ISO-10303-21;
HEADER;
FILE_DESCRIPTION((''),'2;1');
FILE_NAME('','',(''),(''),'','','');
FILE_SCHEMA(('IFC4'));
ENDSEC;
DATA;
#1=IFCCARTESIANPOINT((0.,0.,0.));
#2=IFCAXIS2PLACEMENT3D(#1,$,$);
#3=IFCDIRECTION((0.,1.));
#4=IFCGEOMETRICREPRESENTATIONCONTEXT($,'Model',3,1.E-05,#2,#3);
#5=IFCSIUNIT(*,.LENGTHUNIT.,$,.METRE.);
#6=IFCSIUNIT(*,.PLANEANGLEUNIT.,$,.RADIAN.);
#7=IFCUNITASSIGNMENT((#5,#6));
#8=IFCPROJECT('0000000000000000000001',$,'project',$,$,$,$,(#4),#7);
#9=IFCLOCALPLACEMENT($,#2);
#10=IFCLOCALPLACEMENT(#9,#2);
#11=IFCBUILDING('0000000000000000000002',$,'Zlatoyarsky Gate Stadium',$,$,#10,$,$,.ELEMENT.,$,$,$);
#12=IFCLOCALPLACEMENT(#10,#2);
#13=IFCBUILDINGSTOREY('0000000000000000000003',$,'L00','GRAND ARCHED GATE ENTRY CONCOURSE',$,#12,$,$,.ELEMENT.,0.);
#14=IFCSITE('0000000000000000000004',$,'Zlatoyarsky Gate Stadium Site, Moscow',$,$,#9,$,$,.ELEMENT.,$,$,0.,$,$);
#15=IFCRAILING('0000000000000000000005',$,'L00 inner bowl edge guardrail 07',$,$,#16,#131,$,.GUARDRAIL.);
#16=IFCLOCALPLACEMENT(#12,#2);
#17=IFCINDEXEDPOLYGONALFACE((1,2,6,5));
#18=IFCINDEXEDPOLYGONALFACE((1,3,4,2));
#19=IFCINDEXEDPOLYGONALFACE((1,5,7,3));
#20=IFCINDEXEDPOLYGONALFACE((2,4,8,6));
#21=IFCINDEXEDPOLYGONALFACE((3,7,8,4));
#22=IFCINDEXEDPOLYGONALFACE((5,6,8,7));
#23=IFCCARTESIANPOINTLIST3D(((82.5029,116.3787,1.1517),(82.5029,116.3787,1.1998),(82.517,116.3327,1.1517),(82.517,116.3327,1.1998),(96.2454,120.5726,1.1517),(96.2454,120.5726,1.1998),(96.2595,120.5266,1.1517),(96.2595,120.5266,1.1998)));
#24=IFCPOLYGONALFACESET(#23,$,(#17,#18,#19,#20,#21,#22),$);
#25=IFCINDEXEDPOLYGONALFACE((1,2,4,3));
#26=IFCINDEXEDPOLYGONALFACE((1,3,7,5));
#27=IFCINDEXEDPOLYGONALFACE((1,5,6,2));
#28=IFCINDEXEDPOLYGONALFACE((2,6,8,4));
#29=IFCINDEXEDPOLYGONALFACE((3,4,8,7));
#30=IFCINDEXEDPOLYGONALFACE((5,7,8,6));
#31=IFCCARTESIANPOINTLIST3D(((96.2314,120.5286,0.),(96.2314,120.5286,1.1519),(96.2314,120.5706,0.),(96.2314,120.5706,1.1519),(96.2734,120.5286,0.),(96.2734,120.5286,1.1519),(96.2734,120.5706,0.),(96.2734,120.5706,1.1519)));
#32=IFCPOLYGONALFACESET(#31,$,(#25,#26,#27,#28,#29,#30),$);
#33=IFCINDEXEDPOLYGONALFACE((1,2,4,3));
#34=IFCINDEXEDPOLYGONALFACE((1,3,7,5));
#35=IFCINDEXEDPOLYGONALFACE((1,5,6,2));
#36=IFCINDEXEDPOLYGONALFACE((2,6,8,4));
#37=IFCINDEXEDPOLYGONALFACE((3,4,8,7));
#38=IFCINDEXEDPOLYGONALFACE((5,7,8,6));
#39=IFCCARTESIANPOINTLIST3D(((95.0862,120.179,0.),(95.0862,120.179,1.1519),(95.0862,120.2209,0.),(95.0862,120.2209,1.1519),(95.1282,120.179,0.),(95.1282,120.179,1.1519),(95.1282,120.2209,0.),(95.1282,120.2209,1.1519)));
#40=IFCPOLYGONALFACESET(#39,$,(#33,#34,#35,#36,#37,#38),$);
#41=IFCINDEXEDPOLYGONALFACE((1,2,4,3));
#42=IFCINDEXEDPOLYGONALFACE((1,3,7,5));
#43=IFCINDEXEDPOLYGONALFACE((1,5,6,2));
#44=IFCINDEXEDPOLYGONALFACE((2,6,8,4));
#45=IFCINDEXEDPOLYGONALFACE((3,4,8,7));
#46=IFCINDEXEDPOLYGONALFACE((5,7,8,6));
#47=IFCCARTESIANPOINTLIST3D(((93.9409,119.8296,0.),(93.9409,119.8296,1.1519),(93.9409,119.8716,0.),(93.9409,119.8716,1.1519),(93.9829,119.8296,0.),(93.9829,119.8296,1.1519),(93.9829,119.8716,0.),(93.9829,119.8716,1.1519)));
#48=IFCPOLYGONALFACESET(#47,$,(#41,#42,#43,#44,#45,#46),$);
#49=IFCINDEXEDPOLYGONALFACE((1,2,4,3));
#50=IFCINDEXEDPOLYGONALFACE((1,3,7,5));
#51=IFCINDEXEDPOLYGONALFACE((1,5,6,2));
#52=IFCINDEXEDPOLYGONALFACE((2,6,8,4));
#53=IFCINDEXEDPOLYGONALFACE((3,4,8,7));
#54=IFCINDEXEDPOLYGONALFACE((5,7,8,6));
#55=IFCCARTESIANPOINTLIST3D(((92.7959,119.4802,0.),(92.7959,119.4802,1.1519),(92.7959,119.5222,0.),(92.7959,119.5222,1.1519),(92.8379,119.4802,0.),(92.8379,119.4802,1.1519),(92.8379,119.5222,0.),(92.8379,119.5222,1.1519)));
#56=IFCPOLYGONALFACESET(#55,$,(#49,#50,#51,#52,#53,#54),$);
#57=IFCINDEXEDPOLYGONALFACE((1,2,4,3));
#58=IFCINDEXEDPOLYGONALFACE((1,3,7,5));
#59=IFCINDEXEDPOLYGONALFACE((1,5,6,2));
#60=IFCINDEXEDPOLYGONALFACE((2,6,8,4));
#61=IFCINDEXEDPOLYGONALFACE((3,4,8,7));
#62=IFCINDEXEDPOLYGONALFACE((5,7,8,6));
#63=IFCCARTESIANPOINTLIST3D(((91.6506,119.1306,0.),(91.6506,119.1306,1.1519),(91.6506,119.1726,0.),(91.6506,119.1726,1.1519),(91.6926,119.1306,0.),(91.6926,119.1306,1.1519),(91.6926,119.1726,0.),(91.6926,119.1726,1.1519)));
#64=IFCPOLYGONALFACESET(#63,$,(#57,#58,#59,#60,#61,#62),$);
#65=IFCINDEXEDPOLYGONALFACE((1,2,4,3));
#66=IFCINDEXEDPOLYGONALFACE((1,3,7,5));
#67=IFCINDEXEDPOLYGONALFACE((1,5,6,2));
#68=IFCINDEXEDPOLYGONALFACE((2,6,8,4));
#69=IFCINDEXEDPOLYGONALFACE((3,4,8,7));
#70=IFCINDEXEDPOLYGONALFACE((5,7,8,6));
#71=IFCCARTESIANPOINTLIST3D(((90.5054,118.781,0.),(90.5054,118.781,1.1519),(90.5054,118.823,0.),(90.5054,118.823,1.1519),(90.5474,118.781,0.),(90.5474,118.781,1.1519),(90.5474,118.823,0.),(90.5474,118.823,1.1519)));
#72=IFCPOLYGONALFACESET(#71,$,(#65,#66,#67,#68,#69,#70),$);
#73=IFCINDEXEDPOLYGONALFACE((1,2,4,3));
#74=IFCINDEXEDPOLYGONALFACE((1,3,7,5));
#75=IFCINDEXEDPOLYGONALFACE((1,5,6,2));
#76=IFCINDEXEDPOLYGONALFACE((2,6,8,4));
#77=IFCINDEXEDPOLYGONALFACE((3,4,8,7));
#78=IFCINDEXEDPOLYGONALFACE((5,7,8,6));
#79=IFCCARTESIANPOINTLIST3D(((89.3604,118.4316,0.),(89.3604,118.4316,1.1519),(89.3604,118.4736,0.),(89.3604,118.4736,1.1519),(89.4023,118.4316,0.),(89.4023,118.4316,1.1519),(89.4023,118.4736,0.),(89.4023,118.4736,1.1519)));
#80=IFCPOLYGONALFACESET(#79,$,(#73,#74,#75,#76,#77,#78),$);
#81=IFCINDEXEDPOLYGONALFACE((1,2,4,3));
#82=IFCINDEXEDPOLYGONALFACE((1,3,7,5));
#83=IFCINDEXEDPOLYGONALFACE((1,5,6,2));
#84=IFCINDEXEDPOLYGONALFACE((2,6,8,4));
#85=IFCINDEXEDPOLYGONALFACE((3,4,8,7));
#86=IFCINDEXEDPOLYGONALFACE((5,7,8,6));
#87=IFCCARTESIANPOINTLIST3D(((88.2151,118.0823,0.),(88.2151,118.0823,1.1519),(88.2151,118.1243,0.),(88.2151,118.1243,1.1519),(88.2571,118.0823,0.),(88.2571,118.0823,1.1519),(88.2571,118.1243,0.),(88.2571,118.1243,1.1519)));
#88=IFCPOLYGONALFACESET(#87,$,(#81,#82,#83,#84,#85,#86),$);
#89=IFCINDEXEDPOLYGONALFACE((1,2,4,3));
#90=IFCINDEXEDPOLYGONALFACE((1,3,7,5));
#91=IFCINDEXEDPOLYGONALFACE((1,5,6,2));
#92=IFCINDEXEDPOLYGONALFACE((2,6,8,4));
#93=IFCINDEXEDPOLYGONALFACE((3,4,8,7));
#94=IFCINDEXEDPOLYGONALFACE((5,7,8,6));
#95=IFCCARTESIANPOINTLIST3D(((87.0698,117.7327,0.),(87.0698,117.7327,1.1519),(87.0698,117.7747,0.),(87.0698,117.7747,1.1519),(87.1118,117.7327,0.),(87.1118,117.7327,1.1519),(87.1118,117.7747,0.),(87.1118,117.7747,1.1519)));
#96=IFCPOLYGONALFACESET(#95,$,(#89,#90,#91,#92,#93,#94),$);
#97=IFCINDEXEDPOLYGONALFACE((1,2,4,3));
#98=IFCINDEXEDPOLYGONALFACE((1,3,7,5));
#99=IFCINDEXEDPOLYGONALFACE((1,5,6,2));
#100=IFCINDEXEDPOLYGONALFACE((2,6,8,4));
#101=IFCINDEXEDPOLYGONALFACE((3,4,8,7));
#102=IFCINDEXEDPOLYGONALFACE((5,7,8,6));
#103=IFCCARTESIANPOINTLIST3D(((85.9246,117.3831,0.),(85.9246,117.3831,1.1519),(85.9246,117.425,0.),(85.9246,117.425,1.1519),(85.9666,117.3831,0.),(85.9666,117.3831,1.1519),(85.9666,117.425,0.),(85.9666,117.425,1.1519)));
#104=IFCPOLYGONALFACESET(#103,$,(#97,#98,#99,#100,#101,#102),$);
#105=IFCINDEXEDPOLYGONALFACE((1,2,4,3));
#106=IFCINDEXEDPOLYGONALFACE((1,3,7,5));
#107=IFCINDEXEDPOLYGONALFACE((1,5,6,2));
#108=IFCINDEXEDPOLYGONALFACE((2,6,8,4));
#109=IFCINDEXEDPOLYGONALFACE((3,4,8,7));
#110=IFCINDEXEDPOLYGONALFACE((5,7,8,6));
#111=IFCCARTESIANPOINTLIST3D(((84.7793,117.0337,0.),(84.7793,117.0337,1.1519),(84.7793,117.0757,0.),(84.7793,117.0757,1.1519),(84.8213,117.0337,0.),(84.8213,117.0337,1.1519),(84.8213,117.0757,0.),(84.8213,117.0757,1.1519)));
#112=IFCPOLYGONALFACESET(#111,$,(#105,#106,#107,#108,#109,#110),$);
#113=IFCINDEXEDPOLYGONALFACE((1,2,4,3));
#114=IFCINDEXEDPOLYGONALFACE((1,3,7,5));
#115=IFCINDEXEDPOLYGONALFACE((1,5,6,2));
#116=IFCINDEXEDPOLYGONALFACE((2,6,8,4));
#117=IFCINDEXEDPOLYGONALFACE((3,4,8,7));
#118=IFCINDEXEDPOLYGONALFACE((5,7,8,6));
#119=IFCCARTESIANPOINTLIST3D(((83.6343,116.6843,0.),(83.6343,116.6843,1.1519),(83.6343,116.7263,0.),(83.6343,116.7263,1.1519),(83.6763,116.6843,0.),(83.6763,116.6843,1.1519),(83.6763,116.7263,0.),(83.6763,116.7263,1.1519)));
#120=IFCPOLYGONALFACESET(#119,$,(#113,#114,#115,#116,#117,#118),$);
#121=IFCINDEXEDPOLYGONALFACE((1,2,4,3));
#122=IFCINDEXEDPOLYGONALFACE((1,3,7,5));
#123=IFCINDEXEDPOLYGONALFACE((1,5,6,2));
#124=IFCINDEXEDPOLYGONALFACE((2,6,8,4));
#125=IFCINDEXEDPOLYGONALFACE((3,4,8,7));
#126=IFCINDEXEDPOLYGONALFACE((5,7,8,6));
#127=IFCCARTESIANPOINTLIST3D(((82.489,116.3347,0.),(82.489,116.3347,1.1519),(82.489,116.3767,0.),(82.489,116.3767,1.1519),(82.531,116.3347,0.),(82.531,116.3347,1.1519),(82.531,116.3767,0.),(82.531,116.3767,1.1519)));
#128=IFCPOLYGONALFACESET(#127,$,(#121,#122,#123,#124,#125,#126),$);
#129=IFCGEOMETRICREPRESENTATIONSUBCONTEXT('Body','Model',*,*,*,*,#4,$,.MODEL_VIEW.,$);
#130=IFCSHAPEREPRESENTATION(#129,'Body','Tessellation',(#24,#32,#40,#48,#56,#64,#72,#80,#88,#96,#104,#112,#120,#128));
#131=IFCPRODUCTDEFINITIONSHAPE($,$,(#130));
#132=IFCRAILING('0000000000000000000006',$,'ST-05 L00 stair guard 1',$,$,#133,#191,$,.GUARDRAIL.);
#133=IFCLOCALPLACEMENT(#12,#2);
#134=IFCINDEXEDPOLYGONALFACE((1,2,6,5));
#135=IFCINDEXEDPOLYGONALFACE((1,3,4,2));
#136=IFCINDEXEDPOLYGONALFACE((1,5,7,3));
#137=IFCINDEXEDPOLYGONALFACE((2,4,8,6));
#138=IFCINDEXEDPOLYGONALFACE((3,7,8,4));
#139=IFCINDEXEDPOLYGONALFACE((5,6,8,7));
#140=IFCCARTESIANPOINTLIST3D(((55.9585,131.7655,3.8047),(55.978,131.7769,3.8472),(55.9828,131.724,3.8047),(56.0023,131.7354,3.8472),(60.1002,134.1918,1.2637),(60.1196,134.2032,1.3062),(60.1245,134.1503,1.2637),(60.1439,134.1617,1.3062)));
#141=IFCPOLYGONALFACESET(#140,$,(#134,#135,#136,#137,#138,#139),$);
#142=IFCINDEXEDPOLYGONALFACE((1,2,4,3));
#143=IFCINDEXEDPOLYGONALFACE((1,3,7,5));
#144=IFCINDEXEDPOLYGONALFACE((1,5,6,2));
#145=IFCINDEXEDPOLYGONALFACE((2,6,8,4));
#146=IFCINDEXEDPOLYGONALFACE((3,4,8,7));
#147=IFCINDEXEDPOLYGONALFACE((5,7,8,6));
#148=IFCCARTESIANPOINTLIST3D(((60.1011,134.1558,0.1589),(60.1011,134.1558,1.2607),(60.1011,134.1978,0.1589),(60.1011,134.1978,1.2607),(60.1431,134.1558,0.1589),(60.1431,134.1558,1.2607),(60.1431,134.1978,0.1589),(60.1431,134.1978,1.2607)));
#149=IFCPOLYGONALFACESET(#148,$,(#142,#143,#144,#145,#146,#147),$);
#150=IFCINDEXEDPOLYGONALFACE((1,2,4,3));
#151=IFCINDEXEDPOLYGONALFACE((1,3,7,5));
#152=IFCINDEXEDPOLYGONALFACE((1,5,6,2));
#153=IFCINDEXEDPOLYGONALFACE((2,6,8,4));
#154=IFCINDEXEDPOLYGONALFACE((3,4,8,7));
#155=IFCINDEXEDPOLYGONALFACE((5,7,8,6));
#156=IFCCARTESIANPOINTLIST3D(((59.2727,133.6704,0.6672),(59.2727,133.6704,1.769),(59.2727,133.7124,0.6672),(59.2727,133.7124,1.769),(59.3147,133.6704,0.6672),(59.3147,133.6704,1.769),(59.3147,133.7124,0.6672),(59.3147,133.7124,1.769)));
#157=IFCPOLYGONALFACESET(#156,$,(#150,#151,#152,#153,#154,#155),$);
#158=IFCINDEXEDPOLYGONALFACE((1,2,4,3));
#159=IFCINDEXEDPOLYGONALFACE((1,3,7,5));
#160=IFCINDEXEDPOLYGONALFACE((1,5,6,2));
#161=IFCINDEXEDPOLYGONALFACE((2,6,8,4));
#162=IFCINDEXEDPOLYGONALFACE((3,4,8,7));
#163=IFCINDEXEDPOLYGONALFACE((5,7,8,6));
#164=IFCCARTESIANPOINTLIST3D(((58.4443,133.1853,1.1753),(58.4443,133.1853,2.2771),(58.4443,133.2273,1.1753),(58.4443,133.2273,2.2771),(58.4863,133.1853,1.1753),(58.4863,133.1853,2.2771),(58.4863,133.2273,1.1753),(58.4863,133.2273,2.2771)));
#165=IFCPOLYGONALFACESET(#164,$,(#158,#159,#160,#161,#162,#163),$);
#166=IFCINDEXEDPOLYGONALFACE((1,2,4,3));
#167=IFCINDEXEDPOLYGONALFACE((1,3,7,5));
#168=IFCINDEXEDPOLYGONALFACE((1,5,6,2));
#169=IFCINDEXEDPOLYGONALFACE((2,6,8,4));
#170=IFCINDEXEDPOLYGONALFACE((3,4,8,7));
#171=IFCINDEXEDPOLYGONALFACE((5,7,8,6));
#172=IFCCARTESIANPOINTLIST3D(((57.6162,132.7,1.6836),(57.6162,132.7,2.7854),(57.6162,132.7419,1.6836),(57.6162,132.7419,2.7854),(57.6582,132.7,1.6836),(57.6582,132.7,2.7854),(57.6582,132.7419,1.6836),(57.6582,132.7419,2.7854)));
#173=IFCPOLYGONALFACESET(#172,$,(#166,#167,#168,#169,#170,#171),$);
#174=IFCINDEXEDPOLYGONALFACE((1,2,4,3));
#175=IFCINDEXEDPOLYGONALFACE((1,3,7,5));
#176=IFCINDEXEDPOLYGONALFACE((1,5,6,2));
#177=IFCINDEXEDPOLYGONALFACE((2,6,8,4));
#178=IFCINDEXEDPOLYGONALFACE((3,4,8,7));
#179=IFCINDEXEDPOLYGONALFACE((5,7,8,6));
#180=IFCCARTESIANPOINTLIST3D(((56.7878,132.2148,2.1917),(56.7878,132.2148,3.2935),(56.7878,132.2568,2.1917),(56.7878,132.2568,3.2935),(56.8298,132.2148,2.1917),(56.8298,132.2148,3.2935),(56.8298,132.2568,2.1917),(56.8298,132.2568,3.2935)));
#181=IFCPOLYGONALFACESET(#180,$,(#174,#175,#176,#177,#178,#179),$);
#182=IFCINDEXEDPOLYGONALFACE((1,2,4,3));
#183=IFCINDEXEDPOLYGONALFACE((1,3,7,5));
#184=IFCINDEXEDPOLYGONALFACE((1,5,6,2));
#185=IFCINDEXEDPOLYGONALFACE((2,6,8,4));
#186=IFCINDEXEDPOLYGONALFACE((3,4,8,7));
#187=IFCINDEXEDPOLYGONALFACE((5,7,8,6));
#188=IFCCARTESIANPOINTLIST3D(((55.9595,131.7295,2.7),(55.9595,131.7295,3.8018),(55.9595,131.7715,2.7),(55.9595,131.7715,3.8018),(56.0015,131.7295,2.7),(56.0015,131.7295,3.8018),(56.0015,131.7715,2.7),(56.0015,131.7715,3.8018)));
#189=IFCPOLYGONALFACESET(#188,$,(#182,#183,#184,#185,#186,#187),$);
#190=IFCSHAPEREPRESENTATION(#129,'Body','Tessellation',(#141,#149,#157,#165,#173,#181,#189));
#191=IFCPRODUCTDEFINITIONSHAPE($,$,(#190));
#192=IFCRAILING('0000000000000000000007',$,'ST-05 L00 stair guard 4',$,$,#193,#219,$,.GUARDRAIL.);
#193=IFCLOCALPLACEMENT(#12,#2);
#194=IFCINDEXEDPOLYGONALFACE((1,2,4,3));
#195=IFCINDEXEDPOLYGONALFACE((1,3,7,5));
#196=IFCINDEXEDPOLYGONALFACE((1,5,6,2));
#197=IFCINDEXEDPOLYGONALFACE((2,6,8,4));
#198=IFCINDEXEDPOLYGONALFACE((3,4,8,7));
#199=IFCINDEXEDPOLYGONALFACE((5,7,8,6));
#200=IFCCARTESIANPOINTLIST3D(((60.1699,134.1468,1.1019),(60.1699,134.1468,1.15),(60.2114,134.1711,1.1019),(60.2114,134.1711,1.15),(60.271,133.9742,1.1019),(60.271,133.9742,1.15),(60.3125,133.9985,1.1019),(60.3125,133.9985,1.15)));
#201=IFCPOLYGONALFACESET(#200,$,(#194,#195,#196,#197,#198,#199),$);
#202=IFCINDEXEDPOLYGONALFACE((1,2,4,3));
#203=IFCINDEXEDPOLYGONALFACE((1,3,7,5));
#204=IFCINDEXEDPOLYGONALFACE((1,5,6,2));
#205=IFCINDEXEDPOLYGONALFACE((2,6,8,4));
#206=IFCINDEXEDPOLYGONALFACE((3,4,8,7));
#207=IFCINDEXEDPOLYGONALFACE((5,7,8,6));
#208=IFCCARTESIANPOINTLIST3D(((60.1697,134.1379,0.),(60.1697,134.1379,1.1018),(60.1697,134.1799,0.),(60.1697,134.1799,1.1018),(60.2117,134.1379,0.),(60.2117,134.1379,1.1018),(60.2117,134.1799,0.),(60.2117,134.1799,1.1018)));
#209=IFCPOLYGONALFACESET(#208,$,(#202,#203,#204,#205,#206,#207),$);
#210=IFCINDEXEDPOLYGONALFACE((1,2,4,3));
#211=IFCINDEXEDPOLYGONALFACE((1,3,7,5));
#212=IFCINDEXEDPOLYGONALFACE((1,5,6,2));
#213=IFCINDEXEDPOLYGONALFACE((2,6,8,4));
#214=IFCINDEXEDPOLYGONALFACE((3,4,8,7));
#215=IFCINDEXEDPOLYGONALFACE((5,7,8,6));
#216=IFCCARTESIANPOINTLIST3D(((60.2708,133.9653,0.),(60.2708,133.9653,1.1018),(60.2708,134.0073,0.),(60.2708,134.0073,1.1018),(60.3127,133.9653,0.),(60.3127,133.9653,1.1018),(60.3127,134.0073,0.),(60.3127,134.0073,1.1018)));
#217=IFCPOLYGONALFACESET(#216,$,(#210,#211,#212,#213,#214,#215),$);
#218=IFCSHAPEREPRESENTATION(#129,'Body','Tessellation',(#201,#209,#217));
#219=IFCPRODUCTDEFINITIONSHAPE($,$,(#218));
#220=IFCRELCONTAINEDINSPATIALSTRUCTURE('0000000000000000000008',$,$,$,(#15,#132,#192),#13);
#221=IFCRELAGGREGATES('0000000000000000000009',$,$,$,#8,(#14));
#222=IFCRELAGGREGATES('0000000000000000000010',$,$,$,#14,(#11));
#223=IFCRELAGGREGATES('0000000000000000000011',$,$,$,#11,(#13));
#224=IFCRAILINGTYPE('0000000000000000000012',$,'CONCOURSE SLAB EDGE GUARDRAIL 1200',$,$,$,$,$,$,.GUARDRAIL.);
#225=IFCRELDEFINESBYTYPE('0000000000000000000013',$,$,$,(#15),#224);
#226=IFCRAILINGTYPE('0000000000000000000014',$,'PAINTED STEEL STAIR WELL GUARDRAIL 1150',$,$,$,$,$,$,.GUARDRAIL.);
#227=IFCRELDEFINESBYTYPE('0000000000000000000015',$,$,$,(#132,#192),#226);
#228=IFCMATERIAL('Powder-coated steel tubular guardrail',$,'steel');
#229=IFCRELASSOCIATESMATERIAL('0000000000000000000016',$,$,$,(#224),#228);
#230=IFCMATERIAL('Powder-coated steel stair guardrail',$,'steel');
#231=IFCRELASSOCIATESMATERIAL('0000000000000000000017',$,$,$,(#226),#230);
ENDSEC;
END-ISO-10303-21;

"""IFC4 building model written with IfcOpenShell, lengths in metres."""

from ifc_helpers import new_model, si_unit, direction, frame, origin, origin_2d, place, context, subcontext, project, spatial, rectangle, extrude, material, type_object, element, save


model = new_model("IFC4")

# Units and contexts
model_context = context("Model", 3, precision=1e-05, world=origin(), true_north=direction((0.0, 1.0)))
body_context = subcontext(model_context, "Body", "Model", "MODEL_VIEW")
ifc_project = project(units=[si_unit("LENGTHUNIT", "METRE"), si_unit("PLANEANGLEUNIT", "RADIAN")], contexts=[model_context])

# Site, building, storey
site_placement = place(None, origin())
site = spatial("IfcSite", under=ifc_project, at=site_placement, Name="Zlatoyarsky Gate Stadium Site, Moscow", CompositionType="ELEMENT", RefElevation=0.0)
building_placement = place(site_placement, origin())
building = spatial("IfcBuilding", under=site, at=building_placement, Name="Zlatoyarsky Gate Stadium", CompositionType="ELEMENT")
storey_placement = place(building_placement, origin())
storey = spatial("IfcBuildingStorey", under=building, at=storey_placement, Name="L00", Description="GRAND ARCHED GATE ENTRY CONCOURSE", CompositionType="ELEMENT", Elevation=0.0)

# Railings
ifc_material_1 = material(Name="Powder-coated steel tubular guardrail", Category="steel")
railing_type_1 = type_object("IfcRailingType", Name="CONCOURSE SLAB EDGE GUARDRAIL 1200", PredefinedType="GUARDRAIL", material=ifc_material_1)
railing_1_placement = place(storey_placement, frame((96.2524, 120.5496, 0.0)))
element("IfcRailing", 1, at=railing_1_placement, inside=storey, type_object=railing_type_1, Name="L00 inner bowl edge guardrail 07", PredefinedType="GUARDRAIL", context=body_context, shape_type="SweptSolid", body=[
    extrude(rectangle(XDim=0.0481, YDim=0.0481, at=origin_2d()), frame((0.0, 0.0, 1.1758), z_axis=(-0.956453, -0.291886, 0.0), x_axis=(0.291886, -0.956453, 0.0)), (0.0, 0.0, 1.0), 14.3682),
    extrude(rectangle(XDim=0.042, YDim=0.042, at=origin_2d()), origin(), (0.0, 0.0, 1.0), 1.1519),
    extrude(rectangle(XDim=0.042, YDim=0.042, at=origin_2d()), frame((-1.1453, -0.3496, 0.0)), (0.0, 0.0, 1.0), 1.1519),
    extrude(rectangle(XDim=0.042, YDim=0.042, at=origin_2d()), frame((-2.2905, -0.699, 0.0)), (0.0, 0.0, 1.0), 1.1519),
    extrude(rectangle(XDim=0.042, YDim=0.042, at=origin_2d()), frame((-3.4355, -1.0483, 0.0)), (0.0, 0.0, 1.0), 1.1519),
    extrude(rectangle(XDim=0.042, YDim=0.042, at=origin_2d()), frame((-4.5808, -1.3979, 0.0)), (0.0, 0.0, 1.0), 1.1519),
    extrude(rectangle(XDim=0.042, YDim=0.042, at=origin_2d()), frame((-5.7261, -1.7476, 0.0)), (0.0, 0.0, 1.0), 1.1519),
    extrude(rectangle(XDim=0.042, YDim=0.042, at=origin_2d()), frame((-6.8711, -2.0969, 0.0)), (0.0, 0.0, 1.0), 1.1519),
    extrude(rectangle(XDim=0.042, YDim=0.042, at=origin_2d()), frame((-8.0164, -2.4463, 0.0)), (0.0, 0.0, 1.0), 1.1519),
    extrude(rectangle(XDim=0.042, YDim=0.042, at=origin_2d()), frame((-9.1616, -2.7959, 0.0)), (0.0, 0.0, 1.0), 1.1519),
    extrude(rectangle(XDim=0.042, YDim=0.042, at=origin_2d()), frame((-10.3069, -3.1455, 0.0)), (0.0, 0.0, 1.0), 1.1519),
    extrude(rectangle(XDim=0.042, YDim=0.042, at=origin_2d()), frame((-11.4521, -3.4949, 0.0)), (0.0, 0.0, 1.0), 1.1519),
    extrude(rectangle(XDim=0.042, YDim=0.042, at=origin_2d()), frame((-12.5972, -3.8442, 0.0)), (0.0, 0.0, 1.0), 1.1519),
    extrude(rectangle(XDim=0.042, YDim=0.042, at=origin_2d()), frame((-13.7424, -4.1938, 0.0)), (0.0, 0.0, 1.0), 1.1519),
])
ifc_material_2 = material(Name="Powder-coated steel stair guardrail", Category="steel")
railing_type_2 = type_object("IfcRailingType", Name="PAINTED STEEL STAIR WELL GUARDRAIL 1150", PredefinedType="GUARDRAIL", material=ifc_material_2)
railing_2_placement = place(storey_placement, frame((60.1221, 134.1768, 0.1589)))
element("IfcRailing", 2, at=railing_2_placement, inside=storey, type_object=railing_type_2, Name="ST-05 L00 stair guard 1", PredefinedType="GUARDRAIL", context=body_context, shape_type="SweptSolid", body=[
    extrude(rectangle(XDim=0.0481, YDim=0.0481, at=origin_2d()), frame((0.0, 0.0, 1.126), z_axis=(-0.762577, -0.44674, 0.467867), x_axis=(0.505477, -0.86284, 0.0)), (0.0, 0.0, 1.0), 5.4312),
    extrude(rectangle(XDim=0.042, YDim=0.042, at=origin_2d()), origin(), (0.0, 0.0, 1.0), 1.1018),
    extrude(rectangle(XDim=0.042, YDim=0.042, at=origin_2d()), frame((-0.8284, -0.4854, 0.5083)), (0.0, 0.0, 1.0), 1.1018),
    extrude(rectangle(XDim=0.042, YDim=0.042, at=origin_2d()), frame((-1.6567, -0.9705, 1.0164)), (0.0, 0.0, 1.0), 1.1018),
    extrude(rectangle(XDim=0.042, YDim=0.042, at=origin_2d()), frame((-2.4849, -1.4558, 1.5247)), (0.0, 0.0, 1.0), 1.1018),
    extrude(rectangle(XDim=0.042, YDim=0.042, at=origin_2d()), frame((-3.3132, -1.9409, 2.0327)), (0.0, 0.0, 1.0), 1.1018),
    extrude(rectangle(XDim=0.042, YDim=0.042, at=origin_2d()), frame((-4.1416, -2.4263, 2.541)), (0.0, 0.0, 1.0), 1.1018),
])
railing_3_placement = place(storey_placement, frame((60.1907, 134.1589, 0.0)))
element("IfcRailing", 3, at=railing_3_placement, inside=storey, type_object=railing_type_2, Name="ST-05 L00 stair guard 4", PredefinedType="GUARDRAIL", context=body_context, shape_type="SweptSolid", body=[
    extrude(rectangle(XDim=0.0481, YDim=0.0481, at=origin_2d()), frame((0.0, 0.0, 1.126), z_axis=(0.505312, -0.862937, 0.0), x_axis=(0.862937, 0.505312, 0.0)), (0.0, 0.0, 1.0), 0.2),
    extrude(rectangle(XDim=0.042, YDim=0.042, at=origin_2d()), origin(), (0.0, 0.0, 1.0), 1.1018),
    extrude(rectangle(XDim=0.042, YDim=0.042, at=origin_2d()), frame((0.1011, -0.1726, 0.0)), (0.0, 0.0, 1.0), 1.1018),
])

save(model, "model.ifc")
